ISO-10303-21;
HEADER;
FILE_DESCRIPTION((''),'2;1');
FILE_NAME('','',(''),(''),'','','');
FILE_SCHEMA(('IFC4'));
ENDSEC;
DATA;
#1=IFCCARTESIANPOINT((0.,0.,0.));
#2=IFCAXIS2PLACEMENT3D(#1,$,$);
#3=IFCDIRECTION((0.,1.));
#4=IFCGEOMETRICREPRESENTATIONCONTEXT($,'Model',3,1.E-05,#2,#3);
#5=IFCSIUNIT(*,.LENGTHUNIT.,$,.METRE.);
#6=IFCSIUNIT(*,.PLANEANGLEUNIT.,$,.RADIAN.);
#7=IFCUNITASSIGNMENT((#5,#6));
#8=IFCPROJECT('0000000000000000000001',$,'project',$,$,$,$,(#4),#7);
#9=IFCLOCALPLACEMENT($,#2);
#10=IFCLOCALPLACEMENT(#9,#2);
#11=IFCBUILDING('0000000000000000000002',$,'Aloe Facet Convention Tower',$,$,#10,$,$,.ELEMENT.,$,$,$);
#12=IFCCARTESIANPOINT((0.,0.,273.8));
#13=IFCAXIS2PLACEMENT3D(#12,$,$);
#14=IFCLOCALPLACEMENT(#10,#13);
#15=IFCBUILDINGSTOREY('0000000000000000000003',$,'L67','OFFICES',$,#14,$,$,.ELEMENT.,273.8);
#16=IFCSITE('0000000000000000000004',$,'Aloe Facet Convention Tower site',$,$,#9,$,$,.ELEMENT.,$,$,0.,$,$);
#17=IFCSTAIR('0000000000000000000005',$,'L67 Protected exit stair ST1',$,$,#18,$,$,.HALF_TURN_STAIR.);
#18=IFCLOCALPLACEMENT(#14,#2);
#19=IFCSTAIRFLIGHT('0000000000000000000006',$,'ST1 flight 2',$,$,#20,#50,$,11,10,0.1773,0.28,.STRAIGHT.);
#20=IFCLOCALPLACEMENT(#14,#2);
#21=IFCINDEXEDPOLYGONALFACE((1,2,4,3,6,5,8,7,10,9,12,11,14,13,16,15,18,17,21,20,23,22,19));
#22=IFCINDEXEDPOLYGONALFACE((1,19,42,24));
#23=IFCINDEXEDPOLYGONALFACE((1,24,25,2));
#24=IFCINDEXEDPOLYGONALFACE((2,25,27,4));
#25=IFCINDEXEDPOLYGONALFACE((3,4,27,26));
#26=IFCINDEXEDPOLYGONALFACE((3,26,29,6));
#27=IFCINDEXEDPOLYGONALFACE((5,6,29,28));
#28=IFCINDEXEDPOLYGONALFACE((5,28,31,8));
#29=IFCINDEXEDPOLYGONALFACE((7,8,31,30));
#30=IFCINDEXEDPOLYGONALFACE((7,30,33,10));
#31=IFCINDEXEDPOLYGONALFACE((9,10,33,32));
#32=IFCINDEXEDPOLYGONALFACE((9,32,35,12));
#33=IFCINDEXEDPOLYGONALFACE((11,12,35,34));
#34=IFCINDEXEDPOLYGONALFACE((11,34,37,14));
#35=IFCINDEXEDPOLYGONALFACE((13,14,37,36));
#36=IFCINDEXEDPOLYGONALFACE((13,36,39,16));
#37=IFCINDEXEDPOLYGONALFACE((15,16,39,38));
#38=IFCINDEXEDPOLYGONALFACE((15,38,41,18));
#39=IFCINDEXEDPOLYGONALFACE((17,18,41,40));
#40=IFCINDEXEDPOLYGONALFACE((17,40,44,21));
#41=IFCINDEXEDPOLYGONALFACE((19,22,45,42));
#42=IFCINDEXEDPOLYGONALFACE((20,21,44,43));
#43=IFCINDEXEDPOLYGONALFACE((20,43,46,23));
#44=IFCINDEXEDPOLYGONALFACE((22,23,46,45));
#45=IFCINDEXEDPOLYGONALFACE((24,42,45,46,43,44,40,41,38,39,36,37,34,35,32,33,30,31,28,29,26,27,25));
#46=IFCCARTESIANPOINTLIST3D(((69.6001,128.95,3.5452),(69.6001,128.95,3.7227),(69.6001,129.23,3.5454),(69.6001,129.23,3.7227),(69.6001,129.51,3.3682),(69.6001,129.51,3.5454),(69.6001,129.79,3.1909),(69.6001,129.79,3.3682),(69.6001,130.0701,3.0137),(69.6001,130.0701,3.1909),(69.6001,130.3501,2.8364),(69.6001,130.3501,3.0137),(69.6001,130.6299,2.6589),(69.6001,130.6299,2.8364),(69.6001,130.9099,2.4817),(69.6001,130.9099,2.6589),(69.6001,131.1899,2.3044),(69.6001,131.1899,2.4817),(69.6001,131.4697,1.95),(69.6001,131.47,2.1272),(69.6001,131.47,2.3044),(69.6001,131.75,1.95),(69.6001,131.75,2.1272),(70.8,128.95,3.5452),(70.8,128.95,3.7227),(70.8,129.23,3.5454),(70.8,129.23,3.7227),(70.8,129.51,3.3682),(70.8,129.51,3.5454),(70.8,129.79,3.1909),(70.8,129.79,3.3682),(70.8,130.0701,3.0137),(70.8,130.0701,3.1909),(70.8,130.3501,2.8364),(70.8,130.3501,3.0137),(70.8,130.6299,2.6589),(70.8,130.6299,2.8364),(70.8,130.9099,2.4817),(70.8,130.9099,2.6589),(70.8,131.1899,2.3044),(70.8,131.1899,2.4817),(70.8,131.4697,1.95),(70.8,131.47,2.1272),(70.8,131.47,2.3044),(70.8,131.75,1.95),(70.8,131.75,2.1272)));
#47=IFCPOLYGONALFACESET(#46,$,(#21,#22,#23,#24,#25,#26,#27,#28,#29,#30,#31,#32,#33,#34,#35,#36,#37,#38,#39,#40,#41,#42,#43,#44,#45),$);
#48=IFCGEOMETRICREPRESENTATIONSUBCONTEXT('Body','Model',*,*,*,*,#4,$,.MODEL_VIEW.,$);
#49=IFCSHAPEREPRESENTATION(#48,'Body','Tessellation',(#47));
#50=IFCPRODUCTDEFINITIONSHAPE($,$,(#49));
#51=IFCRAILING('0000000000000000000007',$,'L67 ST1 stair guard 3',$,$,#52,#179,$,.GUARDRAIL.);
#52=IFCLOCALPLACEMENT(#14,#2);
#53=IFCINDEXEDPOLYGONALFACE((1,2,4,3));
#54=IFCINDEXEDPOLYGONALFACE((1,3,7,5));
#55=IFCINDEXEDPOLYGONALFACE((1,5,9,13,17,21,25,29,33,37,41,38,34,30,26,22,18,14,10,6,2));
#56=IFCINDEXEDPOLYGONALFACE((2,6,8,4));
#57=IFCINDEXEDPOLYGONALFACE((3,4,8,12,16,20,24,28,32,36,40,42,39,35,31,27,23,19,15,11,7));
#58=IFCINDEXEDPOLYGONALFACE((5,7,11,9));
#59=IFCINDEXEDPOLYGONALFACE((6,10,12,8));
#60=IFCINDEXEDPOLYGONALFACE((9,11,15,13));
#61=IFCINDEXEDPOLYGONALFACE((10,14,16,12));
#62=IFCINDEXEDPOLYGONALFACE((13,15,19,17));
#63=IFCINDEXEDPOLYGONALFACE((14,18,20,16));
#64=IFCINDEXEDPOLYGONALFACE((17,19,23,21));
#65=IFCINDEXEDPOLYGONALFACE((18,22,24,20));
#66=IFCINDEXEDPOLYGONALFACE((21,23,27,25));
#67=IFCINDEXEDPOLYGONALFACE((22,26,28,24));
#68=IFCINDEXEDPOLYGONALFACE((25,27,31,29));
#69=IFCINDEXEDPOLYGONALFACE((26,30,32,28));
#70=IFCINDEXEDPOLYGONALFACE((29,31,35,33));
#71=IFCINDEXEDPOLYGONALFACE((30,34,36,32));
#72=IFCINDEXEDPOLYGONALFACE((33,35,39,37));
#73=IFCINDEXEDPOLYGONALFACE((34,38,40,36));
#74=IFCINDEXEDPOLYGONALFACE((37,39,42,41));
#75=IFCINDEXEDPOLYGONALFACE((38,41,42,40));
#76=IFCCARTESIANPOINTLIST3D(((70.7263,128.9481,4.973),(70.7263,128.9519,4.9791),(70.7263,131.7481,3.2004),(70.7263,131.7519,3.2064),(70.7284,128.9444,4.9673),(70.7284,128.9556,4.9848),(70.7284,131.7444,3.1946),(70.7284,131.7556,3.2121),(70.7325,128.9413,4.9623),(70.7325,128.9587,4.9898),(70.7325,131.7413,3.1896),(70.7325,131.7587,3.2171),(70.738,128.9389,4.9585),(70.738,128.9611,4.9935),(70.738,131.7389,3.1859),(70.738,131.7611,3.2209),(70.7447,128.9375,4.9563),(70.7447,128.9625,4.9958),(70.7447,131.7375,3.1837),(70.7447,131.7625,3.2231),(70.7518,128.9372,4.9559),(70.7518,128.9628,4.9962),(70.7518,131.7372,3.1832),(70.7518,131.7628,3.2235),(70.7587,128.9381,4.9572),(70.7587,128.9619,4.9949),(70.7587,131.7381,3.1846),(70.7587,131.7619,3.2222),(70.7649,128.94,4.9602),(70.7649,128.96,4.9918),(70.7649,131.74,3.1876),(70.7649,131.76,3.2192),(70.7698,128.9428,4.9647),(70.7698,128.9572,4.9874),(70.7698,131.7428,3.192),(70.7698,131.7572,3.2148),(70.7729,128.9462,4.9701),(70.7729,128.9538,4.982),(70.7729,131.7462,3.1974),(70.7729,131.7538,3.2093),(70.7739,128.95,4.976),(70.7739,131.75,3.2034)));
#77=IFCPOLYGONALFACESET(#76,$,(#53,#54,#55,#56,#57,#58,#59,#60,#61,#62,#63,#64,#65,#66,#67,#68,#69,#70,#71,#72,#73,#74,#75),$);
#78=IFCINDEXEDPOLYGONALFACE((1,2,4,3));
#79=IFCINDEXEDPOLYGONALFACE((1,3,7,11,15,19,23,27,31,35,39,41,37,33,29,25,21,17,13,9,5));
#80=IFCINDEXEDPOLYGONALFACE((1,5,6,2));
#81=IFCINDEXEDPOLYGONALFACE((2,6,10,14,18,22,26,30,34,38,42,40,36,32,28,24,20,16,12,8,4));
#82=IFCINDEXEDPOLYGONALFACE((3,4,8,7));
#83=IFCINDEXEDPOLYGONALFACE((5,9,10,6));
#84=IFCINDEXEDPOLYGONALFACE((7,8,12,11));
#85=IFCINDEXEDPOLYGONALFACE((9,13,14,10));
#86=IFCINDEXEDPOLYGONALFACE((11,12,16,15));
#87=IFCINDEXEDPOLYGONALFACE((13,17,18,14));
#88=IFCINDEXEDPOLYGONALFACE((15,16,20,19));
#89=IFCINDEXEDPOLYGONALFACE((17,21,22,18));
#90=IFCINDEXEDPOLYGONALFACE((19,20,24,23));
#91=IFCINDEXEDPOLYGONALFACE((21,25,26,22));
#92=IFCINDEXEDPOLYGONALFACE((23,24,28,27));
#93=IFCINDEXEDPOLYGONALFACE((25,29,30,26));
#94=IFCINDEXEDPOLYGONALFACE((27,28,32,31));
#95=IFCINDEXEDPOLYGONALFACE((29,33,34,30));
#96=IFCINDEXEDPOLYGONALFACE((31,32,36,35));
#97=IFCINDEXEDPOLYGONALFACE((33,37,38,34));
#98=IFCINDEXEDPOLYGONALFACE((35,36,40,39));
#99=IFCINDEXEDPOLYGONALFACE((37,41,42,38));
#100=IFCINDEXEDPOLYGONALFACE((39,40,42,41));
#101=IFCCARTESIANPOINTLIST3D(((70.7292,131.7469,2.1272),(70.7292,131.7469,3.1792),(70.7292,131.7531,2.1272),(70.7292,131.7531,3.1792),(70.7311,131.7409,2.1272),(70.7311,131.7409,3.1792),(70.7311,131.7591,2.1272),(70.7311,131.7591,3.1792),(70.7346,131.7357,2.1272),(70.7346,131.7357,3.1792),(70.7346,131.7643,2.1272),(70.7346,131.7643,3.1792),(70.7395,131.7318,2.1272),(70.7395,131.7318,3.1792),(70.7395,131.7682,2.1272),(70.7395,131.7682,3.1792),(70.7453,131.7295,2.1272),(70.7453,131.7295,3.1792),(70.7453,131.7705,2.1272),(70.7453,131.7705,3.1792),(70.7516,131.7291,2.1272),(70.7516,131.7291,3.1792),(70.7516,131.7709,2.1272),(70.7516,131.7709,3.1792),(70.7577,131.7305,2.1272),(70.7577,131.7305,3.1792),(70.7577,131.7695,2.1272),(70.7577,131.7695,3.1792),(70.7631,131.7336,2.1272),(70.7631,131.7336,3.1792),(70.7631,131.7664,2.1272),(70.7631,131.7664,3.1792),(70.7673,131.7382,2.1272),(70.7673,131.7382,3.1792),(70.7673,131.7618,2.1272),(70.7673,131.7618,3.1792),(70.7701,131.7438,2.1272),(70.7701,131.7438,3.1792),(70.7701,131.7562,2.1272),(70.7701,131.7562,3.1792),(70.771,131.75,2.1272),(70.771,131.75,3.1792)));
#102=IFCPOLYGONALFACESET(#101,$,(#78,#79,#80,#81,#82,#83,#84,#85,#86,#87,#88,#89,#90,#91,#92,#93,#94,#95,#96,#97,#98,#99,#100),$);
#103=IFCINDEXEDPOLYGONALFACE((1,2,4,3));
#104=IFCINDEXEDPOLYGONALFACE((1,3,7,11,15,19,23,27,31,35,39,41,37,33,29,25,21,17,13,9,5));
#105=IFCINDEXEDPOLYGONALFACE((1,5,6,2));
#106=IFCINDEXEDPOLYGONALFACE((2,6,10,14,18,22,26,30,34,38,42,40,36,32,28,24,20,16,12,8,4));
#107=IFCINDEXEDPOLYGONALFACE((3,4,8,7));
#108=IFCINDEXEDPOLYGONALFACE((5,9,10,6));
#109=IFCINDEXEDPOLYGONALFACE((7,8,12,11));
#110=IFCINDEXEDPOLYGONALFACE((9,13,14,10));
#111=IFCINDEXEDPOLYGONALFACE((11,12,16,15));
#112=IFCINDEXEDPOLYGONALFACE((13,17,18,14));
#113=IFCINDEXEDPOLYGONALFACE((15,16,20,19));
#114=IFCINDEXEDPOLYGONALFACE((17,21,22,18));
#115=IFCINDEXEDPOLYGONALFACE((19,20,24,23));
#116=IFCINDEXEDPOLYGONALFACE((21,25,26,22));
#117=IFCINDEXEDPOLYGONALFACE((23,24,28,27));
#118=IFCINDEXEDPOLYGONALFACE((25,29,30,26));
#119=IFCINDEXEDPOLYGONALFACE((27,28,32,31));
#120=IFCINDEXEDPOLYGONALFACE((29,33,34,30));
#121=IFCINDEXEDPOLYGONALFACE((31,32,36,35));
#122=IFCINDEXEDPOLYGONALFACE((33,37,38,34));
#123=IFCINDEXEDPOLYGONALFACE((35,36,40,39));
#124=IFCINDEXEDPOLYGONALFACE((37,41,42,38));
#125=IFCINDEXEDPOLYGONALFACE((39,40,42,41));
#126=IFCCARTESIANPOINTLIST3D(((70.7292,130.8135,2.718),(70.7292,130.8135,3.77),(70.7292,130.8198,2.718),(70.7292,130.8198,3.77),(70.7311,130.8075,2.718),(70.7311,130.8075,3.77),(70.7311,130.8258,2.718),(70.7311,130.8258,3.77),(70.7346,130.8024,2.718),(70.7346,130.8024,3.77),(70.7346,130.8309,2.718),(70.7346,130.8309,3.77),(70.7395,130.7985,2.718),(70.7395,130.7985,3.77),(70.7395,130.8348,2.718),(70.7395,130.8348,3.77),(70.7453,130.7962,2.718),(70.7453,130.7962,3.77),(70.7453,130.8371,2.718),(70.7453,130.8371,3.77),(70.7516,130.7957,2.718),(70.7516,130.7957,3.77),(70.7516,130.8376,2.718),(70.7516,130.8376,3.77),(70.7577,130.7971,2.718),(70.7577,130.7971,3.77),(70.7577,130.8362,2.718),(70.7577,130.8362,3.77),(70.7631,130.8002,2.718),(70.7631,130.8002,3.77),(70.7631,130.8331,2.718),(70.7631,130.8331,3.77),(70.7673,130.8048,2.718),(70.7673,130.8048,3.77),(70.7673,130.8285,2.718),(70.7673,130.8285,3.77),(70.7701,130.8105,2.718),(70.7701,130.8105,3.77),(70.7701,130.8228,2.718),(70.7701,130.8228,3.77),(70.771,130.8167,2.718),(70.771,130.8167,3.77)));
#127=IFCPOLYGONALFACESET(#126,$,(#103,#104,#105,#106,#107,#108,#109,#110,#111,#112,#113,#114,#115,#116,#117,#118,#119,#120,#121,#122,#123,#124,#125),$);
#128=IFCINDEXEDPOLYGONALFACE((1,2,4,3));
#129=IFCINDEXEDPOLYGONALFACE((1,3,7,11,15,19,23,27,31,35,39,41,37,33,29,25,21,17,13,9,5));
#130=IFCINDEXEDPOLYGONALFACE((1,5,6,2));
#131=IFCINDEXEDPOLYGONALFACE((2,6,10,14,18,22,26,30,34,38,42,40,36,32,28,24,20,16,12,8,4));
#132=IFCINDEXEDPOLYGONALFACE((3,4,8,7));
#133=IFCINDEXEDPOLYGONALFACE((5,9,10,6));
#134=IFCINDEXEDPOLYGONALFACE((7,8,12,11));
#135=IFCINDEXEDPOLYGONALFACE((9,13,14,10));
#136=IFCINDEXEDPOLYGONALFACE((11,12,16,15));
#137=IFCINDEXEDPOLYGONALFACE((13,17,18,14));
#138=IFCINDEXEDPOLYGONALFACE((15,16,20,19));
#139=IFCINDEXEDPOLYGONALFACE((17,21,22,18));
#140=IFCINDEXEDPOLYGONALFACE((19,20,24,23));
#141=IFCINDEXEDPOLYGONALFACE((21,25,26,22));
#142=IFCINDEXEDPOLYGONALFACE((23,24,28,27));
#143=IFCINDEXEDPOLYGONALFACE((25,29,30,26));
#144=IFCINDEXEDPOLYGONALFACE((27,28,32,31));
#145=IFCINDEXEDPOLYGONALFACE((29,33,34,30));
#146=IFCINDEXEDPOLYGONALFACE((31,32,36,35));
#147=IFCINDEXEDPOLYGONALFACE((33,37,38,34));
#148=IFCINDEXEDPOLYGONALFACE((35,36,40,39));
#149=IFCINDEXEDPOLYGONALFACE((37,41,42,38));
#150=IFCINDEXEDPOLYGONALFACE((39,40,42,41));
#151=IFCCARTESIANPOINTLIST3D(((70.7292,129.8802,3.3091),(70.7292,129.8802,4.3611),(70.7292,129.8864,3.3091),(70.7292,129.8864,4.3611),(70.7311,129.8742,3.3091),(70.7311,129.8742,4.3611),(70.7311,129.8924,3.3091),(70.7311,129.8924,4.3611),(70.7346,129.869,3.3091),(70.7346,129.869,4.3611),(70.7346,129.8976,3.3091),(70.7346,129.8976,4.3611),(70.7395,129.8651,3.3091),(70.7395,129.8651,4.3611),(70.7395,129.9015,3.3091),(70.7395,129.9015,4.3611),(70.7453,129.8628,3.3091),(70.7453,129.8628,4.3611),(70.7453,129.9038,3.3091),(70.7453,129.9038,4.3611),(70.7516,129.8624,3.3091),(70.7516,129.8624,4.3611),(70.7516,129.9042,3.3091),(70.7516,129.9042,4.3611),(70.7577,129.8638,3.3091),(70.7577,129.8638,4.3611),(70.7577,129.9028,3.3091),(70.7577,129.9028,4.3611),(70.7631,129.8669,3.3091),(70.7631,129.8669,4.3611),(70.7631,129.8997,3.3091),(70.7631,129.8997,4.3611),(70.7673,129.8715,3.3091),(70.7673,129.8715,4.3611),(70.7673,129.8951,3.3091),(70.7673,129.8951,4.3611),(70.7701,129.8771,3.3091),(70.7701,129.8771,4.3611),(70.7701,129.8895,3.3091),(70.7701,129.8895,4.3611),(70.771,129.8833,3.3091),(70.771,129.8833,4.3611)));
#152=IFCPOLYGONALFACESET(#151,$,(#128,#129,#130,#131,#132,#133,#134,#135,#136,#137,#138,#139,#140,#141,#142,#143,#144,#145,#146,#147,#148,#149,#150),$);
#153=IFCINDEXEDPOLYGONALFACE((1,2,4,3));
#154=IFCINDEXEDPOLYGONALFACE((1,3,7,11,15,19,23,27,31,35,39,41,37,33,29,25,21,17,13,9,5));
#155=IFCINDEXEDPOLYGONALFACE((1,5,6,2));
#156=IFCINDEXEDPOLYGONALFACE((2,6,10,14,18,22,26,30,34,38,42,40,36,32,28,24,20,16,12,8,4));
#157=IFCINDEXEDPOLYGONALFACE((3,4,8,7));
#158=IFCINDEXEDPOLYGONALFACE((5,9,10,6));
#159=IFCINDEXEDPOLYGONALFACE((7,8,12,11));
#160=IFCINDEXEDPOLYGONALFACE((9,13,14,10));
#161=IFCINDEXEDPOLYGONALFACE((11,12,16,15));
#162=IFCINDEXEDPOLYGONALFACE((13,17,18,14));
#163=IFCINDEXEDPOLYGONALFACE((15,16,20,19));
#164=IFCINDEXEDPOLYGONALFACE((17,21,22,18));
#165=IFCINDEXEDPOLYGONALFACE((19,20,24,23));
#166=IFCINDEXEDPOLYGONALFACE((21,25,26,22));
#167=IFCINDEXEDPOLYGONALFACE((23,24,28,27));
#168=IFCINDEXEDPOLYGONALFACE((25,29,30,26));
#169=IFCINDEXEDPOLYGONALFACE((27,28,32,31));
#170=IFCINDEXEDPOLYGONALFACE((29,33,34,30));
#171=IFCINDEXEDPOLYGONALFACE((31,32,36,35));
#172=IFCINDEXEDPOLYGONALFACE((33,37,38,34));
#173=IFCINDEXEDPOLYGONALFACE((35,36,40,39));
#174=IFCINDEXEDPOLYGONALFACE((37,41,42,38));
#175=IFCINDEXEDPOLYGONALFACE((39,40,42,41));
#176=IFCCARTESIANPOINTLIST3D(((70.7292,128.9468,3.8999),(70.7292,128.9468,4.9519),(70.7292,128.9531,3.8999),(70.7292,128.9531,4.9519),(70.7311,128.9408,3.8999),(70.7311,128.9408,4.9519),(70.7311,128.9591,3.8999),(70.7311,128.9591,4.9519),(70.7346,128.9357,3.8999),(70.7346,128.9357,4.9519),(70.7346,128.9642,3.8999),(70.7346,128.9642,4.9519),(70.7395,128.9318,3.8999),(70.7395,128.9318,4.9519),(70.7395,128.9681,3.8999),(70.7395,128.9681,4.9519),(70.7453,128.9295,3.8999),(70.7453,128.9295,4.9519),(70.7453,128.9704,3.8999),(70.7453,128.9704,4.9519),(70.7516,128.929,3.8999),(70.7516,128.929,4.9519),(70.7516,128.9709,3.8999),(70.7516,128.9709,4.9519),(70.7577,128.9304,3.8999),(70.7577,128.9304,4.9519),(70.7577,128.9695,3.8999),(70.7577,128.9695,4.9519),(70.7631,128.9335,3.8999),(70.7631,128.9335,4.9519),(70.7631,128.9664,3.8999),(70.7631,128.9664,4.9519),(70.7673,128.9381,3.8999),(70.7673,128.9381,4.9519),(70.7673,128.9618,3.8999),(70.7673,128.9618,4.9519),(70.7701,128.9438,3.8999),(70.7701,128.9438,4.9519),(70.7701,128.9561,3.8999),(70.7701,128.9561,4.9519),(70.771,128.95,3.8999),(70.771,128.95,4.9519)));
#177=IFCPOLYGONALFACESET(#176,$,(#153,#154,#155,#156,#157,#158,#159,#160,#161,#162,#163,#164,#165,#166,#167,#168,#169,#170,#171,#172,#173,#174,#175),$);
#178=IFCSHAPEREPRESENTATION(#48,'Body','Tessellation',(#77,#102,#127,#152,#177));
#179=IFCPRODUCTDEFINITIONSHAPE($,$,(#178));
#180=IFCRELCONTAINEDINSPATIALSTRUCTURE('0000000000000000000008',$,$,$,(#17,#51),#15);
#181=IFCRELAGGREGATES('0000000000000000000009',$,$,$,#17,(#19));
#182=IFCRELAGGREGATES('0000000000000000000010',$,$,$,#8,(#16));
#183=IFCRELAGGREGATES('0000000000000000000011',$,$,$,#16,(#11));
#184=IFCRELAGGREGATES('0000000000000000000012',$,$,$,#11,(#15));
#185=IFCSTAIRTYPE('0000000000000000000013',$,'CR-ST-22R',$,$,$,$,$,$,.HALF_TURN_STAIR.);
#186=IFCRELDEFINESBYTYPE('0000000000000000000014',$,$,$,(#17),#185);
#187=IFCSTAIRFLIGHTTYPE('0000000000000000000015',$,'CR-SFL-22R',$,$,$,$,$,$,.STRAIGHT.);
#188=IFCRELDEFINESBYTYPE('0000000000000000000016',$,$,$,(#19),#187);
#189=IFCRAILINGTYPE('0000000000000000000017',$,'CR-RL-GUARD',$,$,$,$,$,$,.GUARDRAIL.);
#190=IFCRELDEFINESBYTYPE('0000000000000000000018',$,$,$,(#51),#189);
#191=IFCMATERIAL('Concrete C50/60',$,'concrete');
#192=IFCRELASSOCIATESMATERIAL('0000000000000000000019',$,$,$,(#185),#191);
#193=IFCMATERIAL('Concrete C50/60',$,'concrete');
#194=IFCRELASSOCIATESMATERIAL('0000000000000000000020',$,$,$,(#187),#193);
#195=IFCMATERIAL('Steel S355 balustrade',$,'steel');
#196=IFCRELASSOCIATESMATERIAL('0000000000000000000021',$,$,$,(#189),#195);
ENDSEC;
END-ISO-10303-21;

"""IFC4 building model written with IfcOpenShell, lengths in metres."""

from ifc_helpers import new_model, si_unit, direction, frame, origin, origin_2d, place, context, subcontext, project, spatial, polyline, circle, outline, extrude, material, type_object, element, aggregate, save


model = new_model("IFC4")

# Units and contexts
model_context = context("Model", 3, precision=1e-05, world=origin(), true_north=direction((0.0, 1.0)))
body_context = subcontext(model_context, "Body", "Model", "MODEL_VIEW")
ifc_project = project(units=[si_unit("LENGTHUNIT", "METRE"), si_unit("PLANEANGLEUNIT", "RADIAN")], contexts=[model_context])

# Site, building, storey
site_placement = place(None, origin())
site = spatial("IfcSite", under=ifc_project, at=site_placement, Name="Aloe Facet Convention Tower site", CompositionType="ELEMENT", RefElevation=0.0)
building_placement = place(site_placement, origin())
building = spatial("IfcBuilding", under=site, at=building_placement, Name="Aloe Facet Convention Tower", CompositionType="ELEMENT")
storey_placement = place(building_placement, frame((0.0, 0.0, 273.8)))
storey = spatial("IfcBuildingStorey", under=building, at=storey_placement, Name="L67", Description="OFFICES", CompositionType="ELEMENT", Elevation=273.8)

# Stair, stair flight
ifc_material_1 = material(Name="Concrete C50/60", Category="concrete")
stair_type = type_object("IfcStairType", Name="CR-ST-22R", PredefinedType="HALF_TURN_STAIR", material=ifc_material_1)
stair_placement = place(storey_placement, origin())
stair = element("IfcStair", 1, at=stair_placement, inside=storey, type_object=stair_type, Name="L67 Protected exit stair ST1", PredefinedType="HALF_TURN_STAIR")
ifc_material_2 = material(Name="Concrete C50/60", Category="concrete")
stair_flight_type = type_object("IfcStairFlightType", Name="CR-SFL-22R", PredefinedType="STRAIGHT", material=ifc_material_2)
stair_flight_placement = place(storey_placement, frame((70.2, 131.75, 1.95), z_axis=(0.0, 0.0, 1.0), x_axis=(0.0, -1.0, 0.0)))
stair_flight = element("IfcStairFlight", 2, at=stair_flight_placement, type_object=stair_flight_type, Name="ST1 flight 2", NumberOfRisers=11, NumberOfTreads=10, PredefinedType="STRAIGHT", RiserHeight=0.1773, TreadLength=0.28, context=body_context, shape_type="SweptSolid", body=[
    extrude(outline(polyline([(0.0, 0.0), (0.0, 0.1772), (0.28, 0.1772), (0.28, 0.3545), (0.5601, 0.3545), (0.5601, 0.5317), (0.8401, 0.5317), (0.8401, 0.709), (1.1201, 0.709), (1.1201, 0.8865), (1.3999, 0.8865), (1.3999, 1.0637), (1.6799, 1.0637), (1.6799, 1.241), (1.96, 1.241), (1.96, 1.4182), (2.24, 1.4182), (2.24, 1.5955), (2.52, 1.5955), (2.52, 1.7727), (2.8, 1.7727), (2.8, 1.95), (2.8, 1.5952), (0.2803, 0.0), (0.0, 0.0)])), frame((0.0, 0.6001, 0.0), z_axis=(0.0, -1.0, 0.0), x_axis=(1.0, 0.0, 0.0)), (0.0, 0.0, 1.0), 1.2),
])
aggregate(stair, [stair_flight])

# Railing
ifc_material_3 = material(Name="Steel S355 balustrade", Category="steel")
railing_type_1 = type_object("IfcRailingType", Name="CR-RL-GUARD", PredefinedType="GUARDRAIL", material=ifc_material_3)
railing_1_placement = place(storey_placement, frame((70.75, 131.75, 2.1272)))
element("IfcRailing", 3, at=railing_1_placement, inside=storey, type_object=railing_type_1, Name="L67 ST1 stair guard 3", PredefinedType="GUARDRAIL", context=body_context, shape_type="SweptSolid", body=[
    extrude(circle(Radius=0.0239, at=origin_2d()), frame((0.0, 0.0, 1.0762), z_axis=(0.0, -0.844909, 0.53491), x_axis=(1.0, 0.0, 0.0)), (0.0, 0.0, 1.0), 3.314),
    extrude(circle(Radius=0.021, at=origin_2d()), origin(), (0.0, 0.0, 1.0), 1.052),
    extrude(circle(Radius=0.021, at=origin_2d()), frame((0.0, -0.9333, 0.5908)), (0.0, 0.0, 1.0), 1.052),
    extrude(circle(Radius=0.021, at=origin_2d()), frame((0.0, -1.8667, 1.1819)), (0.0, 0.0, 1.0), 1.052),
    extrude(circle(Radius=0.021, at=origin_2d()), frame((0.0, -2.8, 1.7727)), (0.0, 0.0, 1.0), 1.052),
])

save(model, "model.ifc")
